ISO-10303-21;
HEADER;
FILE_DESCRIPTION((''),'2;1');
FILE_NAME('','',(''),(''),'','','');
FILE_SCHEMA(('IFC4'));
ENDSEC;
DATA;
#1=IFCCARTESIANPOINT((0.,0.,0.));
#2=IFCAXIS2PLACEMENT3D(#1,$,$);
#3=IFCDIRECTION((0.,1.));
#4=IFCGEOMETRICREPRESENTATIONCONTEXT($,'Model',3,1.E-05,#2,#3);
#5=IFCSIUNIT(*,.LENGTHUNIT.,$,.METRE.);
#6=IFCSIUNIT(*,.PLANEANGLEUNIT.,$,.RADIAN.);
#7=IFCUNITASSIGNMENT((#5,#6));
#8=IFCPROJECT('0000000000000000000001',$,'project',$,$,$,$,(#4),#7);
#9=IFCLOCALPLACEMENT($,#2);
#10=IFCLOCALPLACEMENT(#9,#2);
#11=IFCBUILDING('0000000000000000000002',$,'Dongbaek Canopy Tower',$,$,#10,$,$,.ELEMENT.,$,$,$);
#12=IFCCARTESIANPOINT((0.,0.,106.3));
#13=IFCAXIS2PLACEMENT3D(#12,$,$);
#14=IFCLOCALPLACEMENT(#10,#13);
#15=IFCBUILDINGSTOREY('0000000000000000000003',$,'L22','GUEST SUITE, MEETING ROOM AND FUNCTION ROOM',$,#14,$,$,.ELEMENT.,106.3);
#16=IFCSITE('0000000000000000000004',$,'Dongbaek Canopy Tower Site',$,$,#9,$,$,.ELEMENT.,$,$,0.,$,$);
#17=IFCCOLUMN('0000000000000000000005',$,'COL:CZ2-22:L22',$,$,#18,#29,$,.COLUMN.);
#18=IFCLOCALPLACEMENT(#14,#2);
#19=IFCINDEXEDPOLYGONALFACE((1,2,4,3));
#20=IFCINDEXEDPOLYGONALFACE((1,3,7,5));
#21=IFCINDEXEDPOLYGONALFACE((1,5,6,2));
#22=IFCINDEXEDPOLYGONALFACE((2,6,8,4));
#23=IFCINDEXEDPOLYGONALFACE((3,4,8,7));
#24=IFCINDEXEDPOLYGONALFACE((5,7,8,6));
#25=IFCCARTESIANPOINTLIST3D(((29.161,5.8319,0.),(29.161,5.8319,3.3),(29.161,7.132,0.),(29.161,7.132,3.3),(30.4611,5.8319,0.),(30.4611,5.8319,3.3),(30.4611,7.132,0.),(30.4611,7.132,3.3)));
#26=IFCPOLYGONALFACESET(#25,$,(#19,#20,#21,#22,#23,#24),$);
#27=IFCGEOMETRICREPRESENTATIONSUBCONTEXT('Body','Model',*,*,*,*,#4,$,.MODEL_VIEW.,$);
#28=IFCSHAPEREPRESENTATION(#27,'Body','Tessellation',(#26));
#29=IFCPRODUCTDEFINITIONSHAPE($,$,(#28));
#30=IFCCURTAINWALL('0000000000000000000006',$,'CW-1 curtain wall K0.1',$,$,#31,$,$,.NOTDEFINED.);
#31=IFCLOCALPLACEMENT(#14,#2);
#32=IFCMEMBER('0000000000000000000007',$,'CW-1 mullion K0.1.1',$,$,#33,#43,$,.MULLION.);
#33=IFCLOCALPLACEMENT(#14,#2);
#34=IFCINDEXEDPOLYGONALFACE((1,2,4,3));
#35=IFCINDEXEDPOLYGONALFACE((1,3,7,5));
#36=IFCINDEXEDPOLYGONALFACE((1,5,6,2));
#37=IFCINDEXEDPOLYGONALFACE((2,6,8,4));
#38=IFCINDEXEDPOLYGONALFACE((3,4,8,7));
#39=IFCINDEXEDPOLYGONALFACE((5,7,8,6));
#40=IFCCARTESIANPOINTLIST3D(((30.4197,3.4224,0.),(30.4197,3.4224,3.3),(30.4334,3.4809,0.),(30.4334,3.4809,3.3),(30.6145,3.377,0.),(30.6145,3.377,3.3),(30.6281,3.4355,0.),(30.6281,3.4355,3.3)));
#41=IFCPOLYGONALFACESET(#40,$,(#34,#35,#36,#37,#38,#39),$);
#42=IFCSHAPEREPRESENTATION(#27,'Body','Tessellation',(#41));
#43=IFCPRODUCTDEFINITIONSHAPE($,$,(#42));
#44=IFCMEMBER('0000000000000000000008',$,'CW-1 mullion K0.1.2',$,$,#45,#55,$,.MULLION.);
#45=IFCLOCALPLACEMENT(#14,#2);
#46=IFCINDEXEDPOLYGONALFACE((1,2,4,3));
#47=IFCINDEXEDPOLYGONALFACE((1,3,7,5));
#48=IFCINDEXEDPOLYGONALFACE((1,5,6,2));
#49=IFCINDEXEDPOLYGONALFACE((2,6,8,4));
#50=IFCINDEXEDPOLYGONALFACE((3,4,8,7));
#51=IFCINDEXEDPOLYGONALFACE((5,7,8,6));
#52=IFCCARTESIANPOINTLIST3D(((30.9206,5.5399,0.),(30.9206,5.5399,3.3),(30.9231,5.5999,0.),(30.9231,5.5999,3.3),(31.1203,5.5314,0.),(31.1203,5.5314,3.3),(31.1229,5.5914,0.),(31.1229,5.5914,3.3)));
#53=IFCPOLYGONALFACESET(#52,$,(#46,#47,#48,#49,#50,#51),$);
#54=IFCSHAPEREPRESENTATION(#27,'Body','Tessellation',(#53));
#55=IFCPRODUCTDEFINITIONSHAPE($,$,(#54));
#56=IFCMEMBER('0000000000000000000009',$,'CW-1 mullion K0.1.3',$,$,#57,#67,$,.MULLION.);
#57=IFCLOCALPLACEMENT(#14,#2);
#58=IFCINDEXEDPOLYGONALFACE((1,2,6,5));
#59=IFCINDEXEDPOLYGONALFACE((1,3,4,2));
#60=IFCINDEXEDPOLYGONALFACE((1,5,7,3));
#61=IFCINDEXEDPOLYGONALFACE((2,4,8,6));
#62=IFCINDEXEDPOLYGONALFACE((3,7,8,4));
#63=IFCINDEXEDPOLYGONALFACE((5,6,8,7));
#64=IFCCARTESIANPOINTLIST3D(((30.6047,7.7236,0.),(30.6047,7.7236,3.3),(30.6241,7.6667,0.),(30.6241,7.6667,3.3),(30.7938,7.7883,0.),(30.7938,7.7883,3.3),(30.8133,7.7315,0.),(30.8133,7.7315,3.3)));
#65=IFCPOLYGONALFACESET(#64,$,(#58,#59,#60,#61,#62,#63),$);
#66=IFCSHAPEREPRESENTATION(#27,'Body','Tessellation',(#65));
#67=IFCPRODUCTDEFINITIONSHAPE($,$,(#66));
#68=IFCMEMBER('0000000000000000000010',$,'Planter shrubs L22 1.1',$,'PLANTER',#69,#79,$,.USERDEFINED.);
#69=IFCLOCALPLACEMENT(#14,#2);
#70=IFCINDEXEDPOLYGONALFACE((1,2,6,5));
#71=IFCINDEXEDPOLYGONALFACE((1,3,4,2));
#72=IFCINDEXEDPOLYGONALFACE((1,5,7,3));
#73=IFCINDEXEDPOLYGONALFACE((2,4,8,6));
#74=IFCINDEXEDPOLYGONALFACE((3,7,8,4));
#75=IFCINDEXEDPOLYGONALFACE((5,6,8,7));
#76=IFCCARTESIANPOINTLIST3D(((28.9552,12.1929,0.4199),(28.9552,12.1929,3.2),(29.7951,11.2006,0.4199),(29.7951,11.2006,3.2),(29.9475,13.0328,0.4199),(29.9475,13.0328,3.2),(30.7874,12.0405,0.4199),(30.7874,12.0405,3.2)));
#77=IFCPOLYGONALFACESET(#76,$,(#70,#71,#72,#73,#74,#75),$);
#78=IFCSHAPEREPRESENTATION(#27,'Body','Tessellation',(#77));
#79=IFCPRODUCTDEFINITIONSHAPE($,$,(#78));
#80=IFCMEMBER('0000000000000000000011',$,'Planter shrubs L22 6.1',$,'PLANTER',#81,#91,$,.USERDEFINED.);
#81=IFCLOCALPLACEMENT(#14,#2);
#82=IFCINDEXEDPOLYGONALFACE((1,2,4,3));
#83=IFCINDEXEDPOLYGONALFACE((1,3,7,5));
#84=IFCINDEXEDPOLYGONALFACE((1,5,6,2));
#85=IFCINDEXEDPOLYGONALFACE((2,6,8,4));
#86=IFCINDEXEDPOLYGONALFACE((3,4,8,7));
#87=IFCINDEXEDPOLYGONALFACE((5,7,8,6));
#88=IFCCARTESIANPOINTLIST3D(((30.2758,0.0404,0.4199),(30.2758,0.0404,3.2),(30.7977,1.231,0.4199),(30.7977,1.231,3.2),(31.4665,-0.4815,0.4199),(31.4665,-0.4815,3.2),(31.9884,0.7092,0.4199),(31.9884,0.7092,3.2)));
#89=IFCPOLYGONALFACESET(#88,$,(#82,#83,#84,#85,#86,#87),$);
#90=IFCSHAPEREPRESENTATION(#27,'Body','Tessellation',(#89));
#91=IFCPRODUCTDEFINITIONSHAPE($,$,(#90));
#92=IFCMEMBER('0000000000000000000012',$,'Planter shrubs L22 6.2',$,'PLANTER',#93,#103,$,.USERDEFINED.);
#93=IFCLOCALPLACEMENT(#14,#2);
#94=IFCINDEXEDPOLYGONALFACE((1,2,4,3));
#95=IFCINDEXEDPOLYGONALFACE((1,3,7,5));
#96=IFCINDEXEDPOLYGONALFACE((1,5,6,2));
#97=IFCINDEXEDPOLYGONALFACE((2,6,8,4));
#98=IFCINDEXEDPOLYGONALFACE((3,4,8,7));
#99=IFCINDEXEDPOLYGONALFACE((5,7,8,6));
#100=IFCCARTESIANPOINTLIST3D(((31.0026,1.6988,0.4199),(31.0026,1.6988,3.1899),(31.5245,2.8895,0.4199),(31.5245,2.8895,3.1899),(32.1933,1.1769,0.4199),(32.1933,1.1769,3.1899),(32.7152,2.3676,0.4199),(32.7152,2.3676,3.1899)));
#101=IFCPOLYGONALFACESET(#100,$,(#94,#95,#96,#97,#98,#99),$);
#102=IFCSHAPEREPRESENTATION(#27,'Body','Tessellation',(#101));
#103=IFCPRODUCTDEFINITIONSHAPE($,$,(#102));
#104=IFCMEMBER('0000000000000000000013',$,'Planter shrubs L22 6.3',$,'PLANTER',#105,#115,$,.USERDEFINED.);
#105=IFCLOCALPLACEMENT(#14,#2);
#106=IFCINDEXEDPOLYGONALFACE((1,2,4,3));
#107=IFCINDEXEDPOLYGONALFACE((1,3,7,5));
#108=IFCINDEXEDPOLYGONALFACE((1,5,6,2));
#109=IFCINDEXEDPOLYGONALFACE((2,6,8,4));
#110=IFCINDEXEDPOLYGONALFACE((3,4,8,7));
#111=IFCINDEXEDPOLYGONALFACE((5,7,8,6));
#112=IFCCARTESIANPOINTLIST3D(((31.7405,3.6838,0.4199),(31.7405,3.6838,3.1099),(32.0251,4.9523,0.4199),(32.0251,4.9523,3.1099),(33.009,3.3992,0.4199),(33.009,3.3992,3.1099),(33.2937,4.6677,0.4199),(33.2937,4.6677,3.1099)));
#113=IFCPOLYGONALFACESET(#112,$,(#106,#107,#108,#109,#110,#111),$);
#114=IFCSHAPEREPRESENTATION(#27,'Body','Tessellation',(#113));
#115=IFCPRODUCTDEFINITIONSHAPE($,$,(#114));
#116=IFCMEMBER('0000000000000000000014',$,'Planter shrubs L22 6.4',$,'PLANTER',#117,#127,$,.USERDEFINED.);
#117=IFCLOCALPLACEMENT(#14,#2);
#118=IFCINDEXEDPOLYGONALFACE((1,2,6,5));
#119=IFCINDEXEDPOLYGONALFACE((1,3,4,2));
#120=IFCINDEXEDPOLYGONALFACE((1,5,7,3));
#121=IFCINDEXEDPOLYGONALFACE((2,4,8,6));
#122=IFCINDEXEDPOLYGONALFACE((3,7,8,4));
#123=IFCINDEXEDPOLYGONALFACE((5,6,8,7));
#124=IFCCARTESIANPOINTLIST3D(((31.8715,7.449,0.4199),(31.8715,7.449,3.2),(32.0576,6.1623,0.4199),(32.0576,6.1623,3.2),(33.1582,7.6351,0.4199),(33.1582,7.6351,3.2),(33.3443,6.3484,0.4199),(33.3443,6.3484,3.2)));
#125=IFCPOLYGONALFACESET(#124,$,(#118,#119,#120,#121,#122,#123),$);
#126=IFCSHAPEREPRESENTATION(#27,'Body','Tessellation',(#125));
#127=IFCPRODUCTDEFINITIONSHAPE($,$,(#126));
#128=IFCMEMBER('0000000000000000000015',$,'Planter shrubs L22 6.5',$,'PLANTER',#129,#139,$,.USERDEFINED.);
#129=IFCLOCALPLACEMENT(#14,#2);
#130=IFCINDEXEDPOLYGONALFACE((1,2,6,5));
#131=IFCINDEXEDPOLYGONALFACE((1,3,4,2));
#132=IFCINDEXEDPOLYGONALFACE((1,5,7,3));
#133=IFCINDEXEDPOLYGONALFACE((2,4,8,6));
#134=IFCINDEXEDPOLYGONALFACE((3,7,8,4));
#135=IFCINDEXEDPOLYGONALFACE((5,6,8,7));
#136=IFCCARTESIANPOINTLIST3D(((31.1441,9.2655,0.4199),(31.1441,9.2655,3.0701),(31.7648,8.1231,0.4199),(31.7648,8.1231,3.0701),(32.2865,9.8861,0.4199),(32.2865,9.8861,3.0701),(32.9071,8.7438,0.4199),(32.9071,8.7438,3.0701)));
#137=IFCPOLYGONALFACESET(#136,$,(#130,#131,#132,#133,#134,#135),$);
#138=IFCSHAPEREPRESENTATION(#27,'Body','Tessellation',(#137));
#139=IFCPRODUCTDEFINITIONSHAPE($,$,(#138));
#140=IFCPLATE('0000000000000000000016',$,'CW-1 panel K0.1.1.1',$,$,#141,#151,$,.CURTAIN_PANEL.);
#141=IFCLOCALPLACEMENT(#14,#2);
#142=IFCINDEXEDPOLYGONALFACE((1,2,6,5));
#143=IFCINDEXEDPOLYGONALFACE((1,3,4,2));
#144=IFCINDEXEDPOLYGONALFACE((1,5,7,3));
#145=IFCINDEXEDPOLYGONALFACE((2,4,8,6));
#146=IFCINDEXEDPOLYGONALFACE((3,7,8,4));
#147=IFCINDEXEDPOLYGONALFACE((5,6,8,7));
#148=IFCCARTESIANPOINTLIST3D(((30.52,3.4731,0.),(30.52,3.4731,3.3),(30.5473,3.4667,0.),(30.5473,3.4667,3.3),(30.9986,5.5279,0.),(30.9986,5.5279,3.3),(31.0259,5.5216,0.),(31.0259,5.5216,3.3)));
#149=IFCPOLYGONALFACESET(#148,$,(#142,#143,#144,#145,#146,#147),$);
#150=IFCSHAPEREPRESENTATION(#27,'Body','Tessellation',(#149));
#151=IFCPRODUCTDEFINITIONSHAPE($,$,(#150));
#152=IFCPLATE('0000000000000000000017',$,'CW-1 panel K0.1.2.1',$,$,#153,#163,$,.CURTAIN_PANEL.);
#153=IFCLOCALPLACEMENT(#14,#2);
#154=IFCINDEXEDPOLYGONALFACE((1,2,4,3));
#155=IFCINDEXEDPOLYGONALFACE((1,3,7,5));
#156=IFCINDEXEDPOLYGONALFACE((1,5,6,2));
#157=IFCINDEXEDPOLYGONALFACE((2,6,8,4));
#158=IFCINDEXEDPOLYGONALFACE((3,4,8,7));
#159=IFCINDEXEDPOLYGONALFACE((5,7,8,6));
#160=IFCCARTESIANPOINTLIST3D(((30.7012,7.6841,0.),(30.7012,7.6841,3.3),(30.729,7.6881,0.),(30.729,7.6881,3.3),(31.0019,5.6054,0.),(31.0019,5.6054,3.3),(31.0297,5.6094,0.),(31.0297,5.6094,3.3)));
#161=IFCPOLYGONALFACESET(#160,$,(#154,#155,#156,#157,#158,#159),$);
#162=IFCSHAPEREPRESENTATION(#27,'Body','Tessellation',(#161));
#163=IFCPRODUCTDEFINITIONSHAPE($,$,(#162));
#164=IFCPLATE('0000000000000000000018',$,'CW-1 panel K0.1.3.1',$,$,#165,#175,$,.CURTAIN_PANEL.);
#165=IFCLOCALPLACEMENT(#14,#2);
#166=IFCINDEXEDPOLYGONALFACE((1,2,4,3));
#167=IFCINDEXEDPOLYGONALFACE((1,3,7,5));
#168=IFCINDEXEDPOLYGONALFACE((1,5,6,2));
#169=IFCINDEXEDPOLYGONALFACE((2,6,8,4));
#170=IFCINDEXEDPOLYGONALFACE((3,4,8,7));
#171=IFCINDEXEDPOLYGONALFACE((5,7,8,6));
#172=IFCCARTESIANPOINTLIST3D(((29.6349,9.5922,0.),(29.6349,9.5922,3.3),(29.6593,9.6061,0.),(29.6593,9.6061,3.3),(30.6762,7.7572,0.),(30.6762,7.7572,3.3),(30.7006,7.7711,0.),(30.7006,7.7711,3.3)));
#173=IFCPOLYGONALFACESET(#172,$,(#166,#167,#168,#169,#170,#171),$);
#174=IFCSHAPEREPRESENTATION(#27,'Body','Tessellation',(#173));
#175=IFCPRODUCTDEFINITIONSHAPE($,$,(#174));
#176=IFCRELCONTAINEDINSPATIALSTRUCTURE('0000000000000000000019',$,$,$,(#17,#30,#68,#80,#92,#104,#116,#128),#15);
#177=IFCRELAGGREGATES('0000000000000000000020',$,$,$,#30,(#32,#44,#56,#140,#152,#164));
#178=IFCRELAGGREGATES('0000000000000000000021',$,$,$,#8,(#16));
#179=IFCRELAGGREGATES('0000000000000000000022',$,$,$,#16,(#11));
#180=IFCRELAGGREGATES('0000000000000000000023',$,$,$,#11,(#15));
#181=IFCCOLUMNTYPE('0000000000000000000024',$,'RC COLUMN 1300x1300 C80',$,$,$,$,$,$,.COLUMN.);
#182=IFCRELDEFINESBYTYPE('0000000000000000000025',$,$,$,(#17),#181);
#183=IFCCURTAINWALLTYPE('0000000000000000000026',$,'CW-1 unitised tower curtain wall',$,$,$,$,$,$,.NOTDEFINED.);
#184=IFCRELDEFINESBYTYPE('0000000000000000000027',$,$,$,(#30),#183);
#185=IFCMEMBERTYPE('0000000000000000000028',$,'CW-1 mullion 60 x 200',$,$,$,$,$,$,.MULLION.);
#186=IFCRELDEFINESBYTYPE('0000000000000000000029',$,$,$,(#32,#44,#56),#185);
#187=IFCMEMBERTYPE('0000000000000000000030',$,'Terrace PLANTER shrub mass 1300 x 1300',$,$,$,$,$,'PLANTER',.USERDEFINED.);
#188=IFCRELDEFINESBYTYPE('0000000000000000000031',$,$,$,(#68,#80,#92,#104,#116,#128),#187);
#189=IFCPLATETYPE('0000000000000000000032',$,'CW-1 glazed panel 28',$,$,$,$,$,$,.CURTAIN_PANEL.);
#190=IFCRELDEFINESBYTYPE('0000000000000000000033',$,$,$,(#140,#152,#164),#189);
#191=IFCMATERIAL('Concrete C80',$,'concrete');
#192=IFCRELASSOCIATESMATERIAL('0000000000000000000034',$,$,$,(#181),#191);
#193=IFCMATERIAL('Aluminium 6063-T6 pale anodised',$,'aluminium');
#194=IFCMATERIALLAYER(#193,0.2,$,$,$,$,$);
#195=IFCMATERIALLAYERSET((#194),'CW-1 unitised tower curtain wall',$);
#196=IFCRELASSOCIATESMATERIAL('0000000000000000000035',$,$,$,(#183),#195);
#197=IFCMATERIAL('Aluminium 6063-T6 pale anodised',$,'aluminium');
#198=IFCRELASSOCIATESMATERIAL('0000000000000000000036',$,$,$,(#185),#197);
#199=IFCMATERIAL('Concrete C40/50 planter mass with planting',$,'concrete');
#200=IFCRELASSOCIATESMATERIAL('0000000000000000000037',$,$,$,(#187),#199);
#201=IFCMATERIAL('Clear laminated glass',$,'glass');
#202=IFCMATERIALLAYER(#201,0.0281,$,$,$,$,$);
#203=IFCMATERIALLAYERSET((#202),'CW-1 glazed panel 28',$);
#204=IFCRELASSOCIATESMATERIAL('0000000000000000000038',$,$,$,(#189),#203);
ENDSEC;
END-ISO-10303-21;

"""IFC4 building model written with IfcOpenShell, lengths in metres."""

from ifc_helpers import new_model, si_unit, direction, frame, origin, origin_2d, place, context, subcontext, project, spatial, rectangle, extrude, material, layer, layer_set, material_profile, profile_set, type_object, element, aggregate, save


model = new_model("IFC4")

# Units and contexts
model_context = context("Model", 3, precision=1e-05, world=origin(), true_north=direction((0.0, 1.0)))
body_context = subcontext(model_context, "Body", "Model", "MODEL_VIEW")
ifc_project = project(units=[si_unit("LENGTHUNIT", "METRE"), si_unit("PLANEANGLEUNIT", "RADIAN")], contexts=[model_context])

# Site, building, storey
site_placement = place(None, origin())
site = spatial("IfcSite", under=ifc_project, at=site_placement, Name="Dongbaek Canopy Tower Site", CompositionType="ELEMENT", RefElevation=0.0)
building_placement = place(site_placement, origin())
building = spatial("IfcBuilding", under=site, at=building_placement, Name="Dongbaek Canopy Tower", CompositionType="ELEMENT")
storey_placement = place(building_placement, frame((0.0, 0.0, 106.3)))
storey = spatial("IfcBuildingStorey", under=building, at=storey_placement, Name="L22", Description="GUEST SUITE, MEETING ROOM AND FUNCTION ROOM", CompositionType="ELEMENT", Elevation=106.3)

# Column
ifc_material_1 = material(Name="Concrete C80", Category="concrete")
ifc_material_profile_1 = material_profile(ifc_material_1, rectangle(XDim=1.3, YDim=1.3, at=origin_2d()), Name="RC COLUMN 1300x1300 C80")
ifc_profile_set_1 = profile_set([ifc_material_profile_1], Name="Concrete C80")
column_type = type_object("IfcColumnType", Name="RC COLUMN 1300x1300 C80", PredefinedType="COLUMN", material=ifc_profile_set_1)
column_placement = place(storey_placement, frame((29.811, 6.4819, 0.0), z_axis=(0.0, 0.0, 1.0), x_axis=(1.0, 0.0, 0.0)))
element("IfcColumn", 1, at=column_placement, inside=storey, type_object=column_type, Name="COL:CZ2-22:L22", PredefinedType="COLUMN", context=body_context, shape_type="SweptSolid", body=[
    extrude(rectangle(XDim=1.3, YDim=1.3, at=origin_2d()), origin(), (0.0, 0.0, 1.0), 3.3),
])

# Curtain wall, members
ifc_material_2 = material(Name="Aluminium 6063-T6 pale anodised", Category="aluminium")
ifc_layer_1 = layer(ifc_material_2, 0.2)
ifc_layer_set_1 = layer_set([ifc_layer_1], Name="CW-1 unitised tower curtain wall")
curtain_wall_type = type_object("IfcCurtainWallType", Name="CW-1 unitised tower curtain wall", PredefinedType="NOTDEFINED", material=ifc_layer_set_1)
curtain_wall_placement = place(storey_placement, origin())
curtain_wall = element("IfcCurtainWall", 2, at=curtain_wall_placement, inside=storey, type_object=curtain_wall_type, Name="CW-1 curtain wall K0.1", PredefinedType="NOTDEFINED")
ifc_material_3 = material(Name="Aluminium 6063-T6 pale anodised", Category="aluminium")
ifc_material_profile_2 = material_profile(ifc_material_3, rectangle(XDim=0.2, YDim=0.0601, at=origin_2d()), Name="CW-1 mullion 60 x 200")
ifc_profile_set_2 = profile_set([ifc_material_profile_2], Name="Aluminium 6063-T6 pale anodised")
member_type_1 = type_object("IfcMemberType", Name="CW-1 mullion 60 x 200", PredefinedType="MULLION", material=ifc_profile_set_2)
member_1_placement = place(storey_placement, frame((30.5239, 3.429, 0.0), z_axis=(0.0, 0.0, 1.0), x_axis=(0.973927, -0.226863, 0.0)))
member_1 = element("IfcMember", 3, at=member_1_placement, type_object=member_type_1, Name="CW-1 mullion K0.1.1", PredefinedType="MULLION", context=body_context, shape_type="SweptSolid", body=[
    extrude(rectangle(XDim=0.2, YDim=0.0601, at=origin_2d()), origin(), (0.0, 0.0, 1.0), 3.3),
])
member_2_placement = place(storey_placement, frame((31.0217, 5.5657, 0.0), z_axis=(0.0, 0.0, 1.0), x_axis=(0.999093, -0.04259, 0.0)))
member_2 = element("IfcMember", 4, at=member_2_placement, type_object=member_type_1, Name="CW-1 mullion K0.1.2", PredefinedType="MULLION", context=body_context, shape_type="SweptSolid", body=[
    extrude(rectangle(XDim=0.2, YDim=0.0601, at=origin_2d()), origin(), (0.0, 0.0, 1.0), 3.3),
])
member_3_placement = place(storey_placement, frame((30.709, 7.7275, 0.0), z_axis=(0.0, 0.0, 1.0), x_axis=(0.946074, 0.32395, 0.0)))
member_3 = element("IfcMember", 5, at=member_3_placement, type_object=member_type_1, Name="CW-1 mullion K0.1.3", PredefinedType="MULLION", context=body_context, shape_type="SweptSolid", body=[
    extrude(rectangle(XDim=0.2, YDim=0.0601, at=origin_2d()), origin(), (0.0, 0.0, 1.0), 3.3),
])

# Members
ifc_material_4 = material(Name="Concrete C40/50 planter mass with planting", Category="concrete")
ifc_material_profile_3 = material_profile(ifc_material_4, rectangle(XDim=1.3, YDim=1.3, at=origin_2d()), Name="Terrace PLANTER shrub mass 1300 x 1300")
ifc_profile_set_3 = profile_set([ifc_material_profile_3], Name="Concrete C40/50 planter mass with planting")
member_type_2 = type_object("IfcMemberType", Name="Terrace PLANTER shrub mass 1300 x 1300", ElementType="PLANTER", PredefinedType="USERDEFINED", material=ifc_profile_set_3)
for number, where, z_axis, x_axis, name in (
    (6, (29.8713, 12.1167, 0.4199), (0.0, 0.0, 1.0), (0.76329, 0.646056, 0.0), "Planter shrubs L22 1.1"),
    (7, (31.1321, 0.3748, 0.4199), (0.0, 0.0, 1.0), (0.915886, -0.401438, 0.0), "Planter shrubs L22 6.1"),
):
    element("IfcMember", number, at=place(storey_placement, frame(where, z_axis=z_axis, x_axis=x_axis)), inside=storey, type_object=member_type_2, Name=name, ObjectType="PLANTER", PredefinedType="USERDEFINED", context=body_context, shape_type="SweptSolid", body=[
        extrude(rectangle(XDim=1.3, YDim=1.3, at=origin_2d()), origin(), (0.0, 0.0, 1.0), 2.78),
    ])
member_4_placement = place(storey_placement, frame((31.8589, 2.0332, 0.4199), z_axis=(0.0, 0.0, 1.0), x_axis=(0.915886, -0.401438, 0.0)))
element("IfcMember", 8, at=member_4_placement, inside=storey, type_object=member_type_2, Name="Planter shrubs L22 6.2", ObjectType="PLANTER", PredefinedType="USERDEFINED", context=body_context, shape_type="SweptSolid", body=[
    extrude(rectangle(XDim=1.3, YDim=1.3, at=origin_2d()), origin(), (0.0, 0.0, 1.0), 2.77),
])
member_5_placement = place(storey_placement, frame((32.5171, 4.1758, 0.4199), z_axis=(0.0, 0.0, 1.0), x_axis=(0.97574, -0.218932, 0.0)))
element("IfcMember", 9, at=member_5_placement, inside=storey, type_object=member_type_2, Name="Planter shrubs L22 6.3", ObjectType="PLANTER", PredefinedType="USERDEFINED", context=body_context, shape_type="SweptSolid", body=[
    extrude(rectangle(XDim=1.3, YDim=1.3, at=origin_2d()), origin(), (0.0, 0.0, 1.0), 2.6899),
])
member_6_placement = place(storey_placement, frame((32.6079, 6.8987, 0.4199), z_axis=(0.0, 0.0, 1.0), x_axis=(0.9897, 0.143156, 0.0)))
element("IfcMember", 10, at=member_6_placement, inside=storey, type_object=member_type_2, Name="Planter shrubs L22 6.4", ObjectType="PLANTER", PredefinedType="USERDEFINED", context=body_context, shape_type="SweptSolid", body=[
    extrude(rectangle(XDim=1.3, YDim=1.3, at=origin_2d()), origin(), (0.0, 0.0, 1.0), 2.78),
])
member_7_placement = place(storey_placement, frame((32.0256, 9.0046, 0.4199), z_axis=(0.0, 0.0, 1.0), x_axis=(0.878675, 0.47742, 0.0)))
element("IfcMember", 11, at=member_7_placement, inside=storey, type_object=member_type_2, Name="Planter shrubs L22 6.5", ObjectType="PLANTER", PredefinedType="USERDEFINED", context=body_context, shape_type="SweptSolid", body=[
    extrude(rectangle(XDim=1.3, YDim=1.3, at=origin_2d()), origin(), (0.0, 0.0, 1.0), 2.6501),
])

# Plates
ifc_material_5 = material(Name="Clear laminated glass", Category="glass")
ifc_layer_2 = layer(ifc_material_5, 0.0281)
ifc_layer_set_2 = layer_set([ifc_layer_2], Name="CW-1 glazed panel 28")
plate_type = type_object("IfcPlateType", Name="CW-1 glazed panel 28", PredefinedType="CURTAIN_PANEL", material=ifc_layer_set_2)
plate_1_placement = place(storey_placement, frame((30.7729, 4.4973, 0.0), z_axis=(0.0, 0.0, 1.0), x_axis=(0.226863, 0.973927, 0.0)))
plate_1 = element("IfcPlate", 12, at=plate_1_placement, type_object=plate_type, Name="CW-1 panel K0.1.1.1", PredefinedType="CURTAIN_PANEL", context=body_context, shape_type="SweptSolid", body=[
    extrude(rectangle(XDim=2.1099, YDim=0.0281, at=origin_2d()), origin(), (0.0, 0.0, 1.0), 3.3),
])
plate_2_placement = place(storey_placement, frame((30.8655, 6.6467, 0.0), z_axis=(0.0, 0.0, 1.0), x_axis=(-0.143156, 0.9897, 0.0)))
plate_2 = element("IfcPlate", 13, at=plate_2_placement, type_object=plate_type, Name="CW-1 panel K0.1.2.1", PredefinedType="CURTAIN_PANEL", context=body_context, shape_type="SweptSolid", body=[
    extrude(rectangle(XDim=2.1003, YDim=0.0281, at=origin_2d()), origin(), (0.0, 0.0, 1.0), 3.3),
])
plate_3_placement = place(storey_placement, frame((30.1677, 8.6816, 0.0), z_axis=(0.0, 0.0, 1.0), x_axis=(-0.493539, 0.869724, 0.0)))
plate_3 = element("IfcPlate", 14, at=plate_3_placement, type_object=plate_type, Name="CW-1 panel K0.1.3.1", PredefinedType="CURTAIN_PANEL", context=body_context, shape_type="SweptSolid", body=[
    extrude(rectangle(XDim=2.1099, YDim=0.0281, at=origin_2d()), origin(), (0.0, 0.0, 1.0), 3.3),
])
aggregate(curtain_wall, [member_1, member_2, member_3, plate_1, plate_2, plate_3])

save(model, "model.ifc")
